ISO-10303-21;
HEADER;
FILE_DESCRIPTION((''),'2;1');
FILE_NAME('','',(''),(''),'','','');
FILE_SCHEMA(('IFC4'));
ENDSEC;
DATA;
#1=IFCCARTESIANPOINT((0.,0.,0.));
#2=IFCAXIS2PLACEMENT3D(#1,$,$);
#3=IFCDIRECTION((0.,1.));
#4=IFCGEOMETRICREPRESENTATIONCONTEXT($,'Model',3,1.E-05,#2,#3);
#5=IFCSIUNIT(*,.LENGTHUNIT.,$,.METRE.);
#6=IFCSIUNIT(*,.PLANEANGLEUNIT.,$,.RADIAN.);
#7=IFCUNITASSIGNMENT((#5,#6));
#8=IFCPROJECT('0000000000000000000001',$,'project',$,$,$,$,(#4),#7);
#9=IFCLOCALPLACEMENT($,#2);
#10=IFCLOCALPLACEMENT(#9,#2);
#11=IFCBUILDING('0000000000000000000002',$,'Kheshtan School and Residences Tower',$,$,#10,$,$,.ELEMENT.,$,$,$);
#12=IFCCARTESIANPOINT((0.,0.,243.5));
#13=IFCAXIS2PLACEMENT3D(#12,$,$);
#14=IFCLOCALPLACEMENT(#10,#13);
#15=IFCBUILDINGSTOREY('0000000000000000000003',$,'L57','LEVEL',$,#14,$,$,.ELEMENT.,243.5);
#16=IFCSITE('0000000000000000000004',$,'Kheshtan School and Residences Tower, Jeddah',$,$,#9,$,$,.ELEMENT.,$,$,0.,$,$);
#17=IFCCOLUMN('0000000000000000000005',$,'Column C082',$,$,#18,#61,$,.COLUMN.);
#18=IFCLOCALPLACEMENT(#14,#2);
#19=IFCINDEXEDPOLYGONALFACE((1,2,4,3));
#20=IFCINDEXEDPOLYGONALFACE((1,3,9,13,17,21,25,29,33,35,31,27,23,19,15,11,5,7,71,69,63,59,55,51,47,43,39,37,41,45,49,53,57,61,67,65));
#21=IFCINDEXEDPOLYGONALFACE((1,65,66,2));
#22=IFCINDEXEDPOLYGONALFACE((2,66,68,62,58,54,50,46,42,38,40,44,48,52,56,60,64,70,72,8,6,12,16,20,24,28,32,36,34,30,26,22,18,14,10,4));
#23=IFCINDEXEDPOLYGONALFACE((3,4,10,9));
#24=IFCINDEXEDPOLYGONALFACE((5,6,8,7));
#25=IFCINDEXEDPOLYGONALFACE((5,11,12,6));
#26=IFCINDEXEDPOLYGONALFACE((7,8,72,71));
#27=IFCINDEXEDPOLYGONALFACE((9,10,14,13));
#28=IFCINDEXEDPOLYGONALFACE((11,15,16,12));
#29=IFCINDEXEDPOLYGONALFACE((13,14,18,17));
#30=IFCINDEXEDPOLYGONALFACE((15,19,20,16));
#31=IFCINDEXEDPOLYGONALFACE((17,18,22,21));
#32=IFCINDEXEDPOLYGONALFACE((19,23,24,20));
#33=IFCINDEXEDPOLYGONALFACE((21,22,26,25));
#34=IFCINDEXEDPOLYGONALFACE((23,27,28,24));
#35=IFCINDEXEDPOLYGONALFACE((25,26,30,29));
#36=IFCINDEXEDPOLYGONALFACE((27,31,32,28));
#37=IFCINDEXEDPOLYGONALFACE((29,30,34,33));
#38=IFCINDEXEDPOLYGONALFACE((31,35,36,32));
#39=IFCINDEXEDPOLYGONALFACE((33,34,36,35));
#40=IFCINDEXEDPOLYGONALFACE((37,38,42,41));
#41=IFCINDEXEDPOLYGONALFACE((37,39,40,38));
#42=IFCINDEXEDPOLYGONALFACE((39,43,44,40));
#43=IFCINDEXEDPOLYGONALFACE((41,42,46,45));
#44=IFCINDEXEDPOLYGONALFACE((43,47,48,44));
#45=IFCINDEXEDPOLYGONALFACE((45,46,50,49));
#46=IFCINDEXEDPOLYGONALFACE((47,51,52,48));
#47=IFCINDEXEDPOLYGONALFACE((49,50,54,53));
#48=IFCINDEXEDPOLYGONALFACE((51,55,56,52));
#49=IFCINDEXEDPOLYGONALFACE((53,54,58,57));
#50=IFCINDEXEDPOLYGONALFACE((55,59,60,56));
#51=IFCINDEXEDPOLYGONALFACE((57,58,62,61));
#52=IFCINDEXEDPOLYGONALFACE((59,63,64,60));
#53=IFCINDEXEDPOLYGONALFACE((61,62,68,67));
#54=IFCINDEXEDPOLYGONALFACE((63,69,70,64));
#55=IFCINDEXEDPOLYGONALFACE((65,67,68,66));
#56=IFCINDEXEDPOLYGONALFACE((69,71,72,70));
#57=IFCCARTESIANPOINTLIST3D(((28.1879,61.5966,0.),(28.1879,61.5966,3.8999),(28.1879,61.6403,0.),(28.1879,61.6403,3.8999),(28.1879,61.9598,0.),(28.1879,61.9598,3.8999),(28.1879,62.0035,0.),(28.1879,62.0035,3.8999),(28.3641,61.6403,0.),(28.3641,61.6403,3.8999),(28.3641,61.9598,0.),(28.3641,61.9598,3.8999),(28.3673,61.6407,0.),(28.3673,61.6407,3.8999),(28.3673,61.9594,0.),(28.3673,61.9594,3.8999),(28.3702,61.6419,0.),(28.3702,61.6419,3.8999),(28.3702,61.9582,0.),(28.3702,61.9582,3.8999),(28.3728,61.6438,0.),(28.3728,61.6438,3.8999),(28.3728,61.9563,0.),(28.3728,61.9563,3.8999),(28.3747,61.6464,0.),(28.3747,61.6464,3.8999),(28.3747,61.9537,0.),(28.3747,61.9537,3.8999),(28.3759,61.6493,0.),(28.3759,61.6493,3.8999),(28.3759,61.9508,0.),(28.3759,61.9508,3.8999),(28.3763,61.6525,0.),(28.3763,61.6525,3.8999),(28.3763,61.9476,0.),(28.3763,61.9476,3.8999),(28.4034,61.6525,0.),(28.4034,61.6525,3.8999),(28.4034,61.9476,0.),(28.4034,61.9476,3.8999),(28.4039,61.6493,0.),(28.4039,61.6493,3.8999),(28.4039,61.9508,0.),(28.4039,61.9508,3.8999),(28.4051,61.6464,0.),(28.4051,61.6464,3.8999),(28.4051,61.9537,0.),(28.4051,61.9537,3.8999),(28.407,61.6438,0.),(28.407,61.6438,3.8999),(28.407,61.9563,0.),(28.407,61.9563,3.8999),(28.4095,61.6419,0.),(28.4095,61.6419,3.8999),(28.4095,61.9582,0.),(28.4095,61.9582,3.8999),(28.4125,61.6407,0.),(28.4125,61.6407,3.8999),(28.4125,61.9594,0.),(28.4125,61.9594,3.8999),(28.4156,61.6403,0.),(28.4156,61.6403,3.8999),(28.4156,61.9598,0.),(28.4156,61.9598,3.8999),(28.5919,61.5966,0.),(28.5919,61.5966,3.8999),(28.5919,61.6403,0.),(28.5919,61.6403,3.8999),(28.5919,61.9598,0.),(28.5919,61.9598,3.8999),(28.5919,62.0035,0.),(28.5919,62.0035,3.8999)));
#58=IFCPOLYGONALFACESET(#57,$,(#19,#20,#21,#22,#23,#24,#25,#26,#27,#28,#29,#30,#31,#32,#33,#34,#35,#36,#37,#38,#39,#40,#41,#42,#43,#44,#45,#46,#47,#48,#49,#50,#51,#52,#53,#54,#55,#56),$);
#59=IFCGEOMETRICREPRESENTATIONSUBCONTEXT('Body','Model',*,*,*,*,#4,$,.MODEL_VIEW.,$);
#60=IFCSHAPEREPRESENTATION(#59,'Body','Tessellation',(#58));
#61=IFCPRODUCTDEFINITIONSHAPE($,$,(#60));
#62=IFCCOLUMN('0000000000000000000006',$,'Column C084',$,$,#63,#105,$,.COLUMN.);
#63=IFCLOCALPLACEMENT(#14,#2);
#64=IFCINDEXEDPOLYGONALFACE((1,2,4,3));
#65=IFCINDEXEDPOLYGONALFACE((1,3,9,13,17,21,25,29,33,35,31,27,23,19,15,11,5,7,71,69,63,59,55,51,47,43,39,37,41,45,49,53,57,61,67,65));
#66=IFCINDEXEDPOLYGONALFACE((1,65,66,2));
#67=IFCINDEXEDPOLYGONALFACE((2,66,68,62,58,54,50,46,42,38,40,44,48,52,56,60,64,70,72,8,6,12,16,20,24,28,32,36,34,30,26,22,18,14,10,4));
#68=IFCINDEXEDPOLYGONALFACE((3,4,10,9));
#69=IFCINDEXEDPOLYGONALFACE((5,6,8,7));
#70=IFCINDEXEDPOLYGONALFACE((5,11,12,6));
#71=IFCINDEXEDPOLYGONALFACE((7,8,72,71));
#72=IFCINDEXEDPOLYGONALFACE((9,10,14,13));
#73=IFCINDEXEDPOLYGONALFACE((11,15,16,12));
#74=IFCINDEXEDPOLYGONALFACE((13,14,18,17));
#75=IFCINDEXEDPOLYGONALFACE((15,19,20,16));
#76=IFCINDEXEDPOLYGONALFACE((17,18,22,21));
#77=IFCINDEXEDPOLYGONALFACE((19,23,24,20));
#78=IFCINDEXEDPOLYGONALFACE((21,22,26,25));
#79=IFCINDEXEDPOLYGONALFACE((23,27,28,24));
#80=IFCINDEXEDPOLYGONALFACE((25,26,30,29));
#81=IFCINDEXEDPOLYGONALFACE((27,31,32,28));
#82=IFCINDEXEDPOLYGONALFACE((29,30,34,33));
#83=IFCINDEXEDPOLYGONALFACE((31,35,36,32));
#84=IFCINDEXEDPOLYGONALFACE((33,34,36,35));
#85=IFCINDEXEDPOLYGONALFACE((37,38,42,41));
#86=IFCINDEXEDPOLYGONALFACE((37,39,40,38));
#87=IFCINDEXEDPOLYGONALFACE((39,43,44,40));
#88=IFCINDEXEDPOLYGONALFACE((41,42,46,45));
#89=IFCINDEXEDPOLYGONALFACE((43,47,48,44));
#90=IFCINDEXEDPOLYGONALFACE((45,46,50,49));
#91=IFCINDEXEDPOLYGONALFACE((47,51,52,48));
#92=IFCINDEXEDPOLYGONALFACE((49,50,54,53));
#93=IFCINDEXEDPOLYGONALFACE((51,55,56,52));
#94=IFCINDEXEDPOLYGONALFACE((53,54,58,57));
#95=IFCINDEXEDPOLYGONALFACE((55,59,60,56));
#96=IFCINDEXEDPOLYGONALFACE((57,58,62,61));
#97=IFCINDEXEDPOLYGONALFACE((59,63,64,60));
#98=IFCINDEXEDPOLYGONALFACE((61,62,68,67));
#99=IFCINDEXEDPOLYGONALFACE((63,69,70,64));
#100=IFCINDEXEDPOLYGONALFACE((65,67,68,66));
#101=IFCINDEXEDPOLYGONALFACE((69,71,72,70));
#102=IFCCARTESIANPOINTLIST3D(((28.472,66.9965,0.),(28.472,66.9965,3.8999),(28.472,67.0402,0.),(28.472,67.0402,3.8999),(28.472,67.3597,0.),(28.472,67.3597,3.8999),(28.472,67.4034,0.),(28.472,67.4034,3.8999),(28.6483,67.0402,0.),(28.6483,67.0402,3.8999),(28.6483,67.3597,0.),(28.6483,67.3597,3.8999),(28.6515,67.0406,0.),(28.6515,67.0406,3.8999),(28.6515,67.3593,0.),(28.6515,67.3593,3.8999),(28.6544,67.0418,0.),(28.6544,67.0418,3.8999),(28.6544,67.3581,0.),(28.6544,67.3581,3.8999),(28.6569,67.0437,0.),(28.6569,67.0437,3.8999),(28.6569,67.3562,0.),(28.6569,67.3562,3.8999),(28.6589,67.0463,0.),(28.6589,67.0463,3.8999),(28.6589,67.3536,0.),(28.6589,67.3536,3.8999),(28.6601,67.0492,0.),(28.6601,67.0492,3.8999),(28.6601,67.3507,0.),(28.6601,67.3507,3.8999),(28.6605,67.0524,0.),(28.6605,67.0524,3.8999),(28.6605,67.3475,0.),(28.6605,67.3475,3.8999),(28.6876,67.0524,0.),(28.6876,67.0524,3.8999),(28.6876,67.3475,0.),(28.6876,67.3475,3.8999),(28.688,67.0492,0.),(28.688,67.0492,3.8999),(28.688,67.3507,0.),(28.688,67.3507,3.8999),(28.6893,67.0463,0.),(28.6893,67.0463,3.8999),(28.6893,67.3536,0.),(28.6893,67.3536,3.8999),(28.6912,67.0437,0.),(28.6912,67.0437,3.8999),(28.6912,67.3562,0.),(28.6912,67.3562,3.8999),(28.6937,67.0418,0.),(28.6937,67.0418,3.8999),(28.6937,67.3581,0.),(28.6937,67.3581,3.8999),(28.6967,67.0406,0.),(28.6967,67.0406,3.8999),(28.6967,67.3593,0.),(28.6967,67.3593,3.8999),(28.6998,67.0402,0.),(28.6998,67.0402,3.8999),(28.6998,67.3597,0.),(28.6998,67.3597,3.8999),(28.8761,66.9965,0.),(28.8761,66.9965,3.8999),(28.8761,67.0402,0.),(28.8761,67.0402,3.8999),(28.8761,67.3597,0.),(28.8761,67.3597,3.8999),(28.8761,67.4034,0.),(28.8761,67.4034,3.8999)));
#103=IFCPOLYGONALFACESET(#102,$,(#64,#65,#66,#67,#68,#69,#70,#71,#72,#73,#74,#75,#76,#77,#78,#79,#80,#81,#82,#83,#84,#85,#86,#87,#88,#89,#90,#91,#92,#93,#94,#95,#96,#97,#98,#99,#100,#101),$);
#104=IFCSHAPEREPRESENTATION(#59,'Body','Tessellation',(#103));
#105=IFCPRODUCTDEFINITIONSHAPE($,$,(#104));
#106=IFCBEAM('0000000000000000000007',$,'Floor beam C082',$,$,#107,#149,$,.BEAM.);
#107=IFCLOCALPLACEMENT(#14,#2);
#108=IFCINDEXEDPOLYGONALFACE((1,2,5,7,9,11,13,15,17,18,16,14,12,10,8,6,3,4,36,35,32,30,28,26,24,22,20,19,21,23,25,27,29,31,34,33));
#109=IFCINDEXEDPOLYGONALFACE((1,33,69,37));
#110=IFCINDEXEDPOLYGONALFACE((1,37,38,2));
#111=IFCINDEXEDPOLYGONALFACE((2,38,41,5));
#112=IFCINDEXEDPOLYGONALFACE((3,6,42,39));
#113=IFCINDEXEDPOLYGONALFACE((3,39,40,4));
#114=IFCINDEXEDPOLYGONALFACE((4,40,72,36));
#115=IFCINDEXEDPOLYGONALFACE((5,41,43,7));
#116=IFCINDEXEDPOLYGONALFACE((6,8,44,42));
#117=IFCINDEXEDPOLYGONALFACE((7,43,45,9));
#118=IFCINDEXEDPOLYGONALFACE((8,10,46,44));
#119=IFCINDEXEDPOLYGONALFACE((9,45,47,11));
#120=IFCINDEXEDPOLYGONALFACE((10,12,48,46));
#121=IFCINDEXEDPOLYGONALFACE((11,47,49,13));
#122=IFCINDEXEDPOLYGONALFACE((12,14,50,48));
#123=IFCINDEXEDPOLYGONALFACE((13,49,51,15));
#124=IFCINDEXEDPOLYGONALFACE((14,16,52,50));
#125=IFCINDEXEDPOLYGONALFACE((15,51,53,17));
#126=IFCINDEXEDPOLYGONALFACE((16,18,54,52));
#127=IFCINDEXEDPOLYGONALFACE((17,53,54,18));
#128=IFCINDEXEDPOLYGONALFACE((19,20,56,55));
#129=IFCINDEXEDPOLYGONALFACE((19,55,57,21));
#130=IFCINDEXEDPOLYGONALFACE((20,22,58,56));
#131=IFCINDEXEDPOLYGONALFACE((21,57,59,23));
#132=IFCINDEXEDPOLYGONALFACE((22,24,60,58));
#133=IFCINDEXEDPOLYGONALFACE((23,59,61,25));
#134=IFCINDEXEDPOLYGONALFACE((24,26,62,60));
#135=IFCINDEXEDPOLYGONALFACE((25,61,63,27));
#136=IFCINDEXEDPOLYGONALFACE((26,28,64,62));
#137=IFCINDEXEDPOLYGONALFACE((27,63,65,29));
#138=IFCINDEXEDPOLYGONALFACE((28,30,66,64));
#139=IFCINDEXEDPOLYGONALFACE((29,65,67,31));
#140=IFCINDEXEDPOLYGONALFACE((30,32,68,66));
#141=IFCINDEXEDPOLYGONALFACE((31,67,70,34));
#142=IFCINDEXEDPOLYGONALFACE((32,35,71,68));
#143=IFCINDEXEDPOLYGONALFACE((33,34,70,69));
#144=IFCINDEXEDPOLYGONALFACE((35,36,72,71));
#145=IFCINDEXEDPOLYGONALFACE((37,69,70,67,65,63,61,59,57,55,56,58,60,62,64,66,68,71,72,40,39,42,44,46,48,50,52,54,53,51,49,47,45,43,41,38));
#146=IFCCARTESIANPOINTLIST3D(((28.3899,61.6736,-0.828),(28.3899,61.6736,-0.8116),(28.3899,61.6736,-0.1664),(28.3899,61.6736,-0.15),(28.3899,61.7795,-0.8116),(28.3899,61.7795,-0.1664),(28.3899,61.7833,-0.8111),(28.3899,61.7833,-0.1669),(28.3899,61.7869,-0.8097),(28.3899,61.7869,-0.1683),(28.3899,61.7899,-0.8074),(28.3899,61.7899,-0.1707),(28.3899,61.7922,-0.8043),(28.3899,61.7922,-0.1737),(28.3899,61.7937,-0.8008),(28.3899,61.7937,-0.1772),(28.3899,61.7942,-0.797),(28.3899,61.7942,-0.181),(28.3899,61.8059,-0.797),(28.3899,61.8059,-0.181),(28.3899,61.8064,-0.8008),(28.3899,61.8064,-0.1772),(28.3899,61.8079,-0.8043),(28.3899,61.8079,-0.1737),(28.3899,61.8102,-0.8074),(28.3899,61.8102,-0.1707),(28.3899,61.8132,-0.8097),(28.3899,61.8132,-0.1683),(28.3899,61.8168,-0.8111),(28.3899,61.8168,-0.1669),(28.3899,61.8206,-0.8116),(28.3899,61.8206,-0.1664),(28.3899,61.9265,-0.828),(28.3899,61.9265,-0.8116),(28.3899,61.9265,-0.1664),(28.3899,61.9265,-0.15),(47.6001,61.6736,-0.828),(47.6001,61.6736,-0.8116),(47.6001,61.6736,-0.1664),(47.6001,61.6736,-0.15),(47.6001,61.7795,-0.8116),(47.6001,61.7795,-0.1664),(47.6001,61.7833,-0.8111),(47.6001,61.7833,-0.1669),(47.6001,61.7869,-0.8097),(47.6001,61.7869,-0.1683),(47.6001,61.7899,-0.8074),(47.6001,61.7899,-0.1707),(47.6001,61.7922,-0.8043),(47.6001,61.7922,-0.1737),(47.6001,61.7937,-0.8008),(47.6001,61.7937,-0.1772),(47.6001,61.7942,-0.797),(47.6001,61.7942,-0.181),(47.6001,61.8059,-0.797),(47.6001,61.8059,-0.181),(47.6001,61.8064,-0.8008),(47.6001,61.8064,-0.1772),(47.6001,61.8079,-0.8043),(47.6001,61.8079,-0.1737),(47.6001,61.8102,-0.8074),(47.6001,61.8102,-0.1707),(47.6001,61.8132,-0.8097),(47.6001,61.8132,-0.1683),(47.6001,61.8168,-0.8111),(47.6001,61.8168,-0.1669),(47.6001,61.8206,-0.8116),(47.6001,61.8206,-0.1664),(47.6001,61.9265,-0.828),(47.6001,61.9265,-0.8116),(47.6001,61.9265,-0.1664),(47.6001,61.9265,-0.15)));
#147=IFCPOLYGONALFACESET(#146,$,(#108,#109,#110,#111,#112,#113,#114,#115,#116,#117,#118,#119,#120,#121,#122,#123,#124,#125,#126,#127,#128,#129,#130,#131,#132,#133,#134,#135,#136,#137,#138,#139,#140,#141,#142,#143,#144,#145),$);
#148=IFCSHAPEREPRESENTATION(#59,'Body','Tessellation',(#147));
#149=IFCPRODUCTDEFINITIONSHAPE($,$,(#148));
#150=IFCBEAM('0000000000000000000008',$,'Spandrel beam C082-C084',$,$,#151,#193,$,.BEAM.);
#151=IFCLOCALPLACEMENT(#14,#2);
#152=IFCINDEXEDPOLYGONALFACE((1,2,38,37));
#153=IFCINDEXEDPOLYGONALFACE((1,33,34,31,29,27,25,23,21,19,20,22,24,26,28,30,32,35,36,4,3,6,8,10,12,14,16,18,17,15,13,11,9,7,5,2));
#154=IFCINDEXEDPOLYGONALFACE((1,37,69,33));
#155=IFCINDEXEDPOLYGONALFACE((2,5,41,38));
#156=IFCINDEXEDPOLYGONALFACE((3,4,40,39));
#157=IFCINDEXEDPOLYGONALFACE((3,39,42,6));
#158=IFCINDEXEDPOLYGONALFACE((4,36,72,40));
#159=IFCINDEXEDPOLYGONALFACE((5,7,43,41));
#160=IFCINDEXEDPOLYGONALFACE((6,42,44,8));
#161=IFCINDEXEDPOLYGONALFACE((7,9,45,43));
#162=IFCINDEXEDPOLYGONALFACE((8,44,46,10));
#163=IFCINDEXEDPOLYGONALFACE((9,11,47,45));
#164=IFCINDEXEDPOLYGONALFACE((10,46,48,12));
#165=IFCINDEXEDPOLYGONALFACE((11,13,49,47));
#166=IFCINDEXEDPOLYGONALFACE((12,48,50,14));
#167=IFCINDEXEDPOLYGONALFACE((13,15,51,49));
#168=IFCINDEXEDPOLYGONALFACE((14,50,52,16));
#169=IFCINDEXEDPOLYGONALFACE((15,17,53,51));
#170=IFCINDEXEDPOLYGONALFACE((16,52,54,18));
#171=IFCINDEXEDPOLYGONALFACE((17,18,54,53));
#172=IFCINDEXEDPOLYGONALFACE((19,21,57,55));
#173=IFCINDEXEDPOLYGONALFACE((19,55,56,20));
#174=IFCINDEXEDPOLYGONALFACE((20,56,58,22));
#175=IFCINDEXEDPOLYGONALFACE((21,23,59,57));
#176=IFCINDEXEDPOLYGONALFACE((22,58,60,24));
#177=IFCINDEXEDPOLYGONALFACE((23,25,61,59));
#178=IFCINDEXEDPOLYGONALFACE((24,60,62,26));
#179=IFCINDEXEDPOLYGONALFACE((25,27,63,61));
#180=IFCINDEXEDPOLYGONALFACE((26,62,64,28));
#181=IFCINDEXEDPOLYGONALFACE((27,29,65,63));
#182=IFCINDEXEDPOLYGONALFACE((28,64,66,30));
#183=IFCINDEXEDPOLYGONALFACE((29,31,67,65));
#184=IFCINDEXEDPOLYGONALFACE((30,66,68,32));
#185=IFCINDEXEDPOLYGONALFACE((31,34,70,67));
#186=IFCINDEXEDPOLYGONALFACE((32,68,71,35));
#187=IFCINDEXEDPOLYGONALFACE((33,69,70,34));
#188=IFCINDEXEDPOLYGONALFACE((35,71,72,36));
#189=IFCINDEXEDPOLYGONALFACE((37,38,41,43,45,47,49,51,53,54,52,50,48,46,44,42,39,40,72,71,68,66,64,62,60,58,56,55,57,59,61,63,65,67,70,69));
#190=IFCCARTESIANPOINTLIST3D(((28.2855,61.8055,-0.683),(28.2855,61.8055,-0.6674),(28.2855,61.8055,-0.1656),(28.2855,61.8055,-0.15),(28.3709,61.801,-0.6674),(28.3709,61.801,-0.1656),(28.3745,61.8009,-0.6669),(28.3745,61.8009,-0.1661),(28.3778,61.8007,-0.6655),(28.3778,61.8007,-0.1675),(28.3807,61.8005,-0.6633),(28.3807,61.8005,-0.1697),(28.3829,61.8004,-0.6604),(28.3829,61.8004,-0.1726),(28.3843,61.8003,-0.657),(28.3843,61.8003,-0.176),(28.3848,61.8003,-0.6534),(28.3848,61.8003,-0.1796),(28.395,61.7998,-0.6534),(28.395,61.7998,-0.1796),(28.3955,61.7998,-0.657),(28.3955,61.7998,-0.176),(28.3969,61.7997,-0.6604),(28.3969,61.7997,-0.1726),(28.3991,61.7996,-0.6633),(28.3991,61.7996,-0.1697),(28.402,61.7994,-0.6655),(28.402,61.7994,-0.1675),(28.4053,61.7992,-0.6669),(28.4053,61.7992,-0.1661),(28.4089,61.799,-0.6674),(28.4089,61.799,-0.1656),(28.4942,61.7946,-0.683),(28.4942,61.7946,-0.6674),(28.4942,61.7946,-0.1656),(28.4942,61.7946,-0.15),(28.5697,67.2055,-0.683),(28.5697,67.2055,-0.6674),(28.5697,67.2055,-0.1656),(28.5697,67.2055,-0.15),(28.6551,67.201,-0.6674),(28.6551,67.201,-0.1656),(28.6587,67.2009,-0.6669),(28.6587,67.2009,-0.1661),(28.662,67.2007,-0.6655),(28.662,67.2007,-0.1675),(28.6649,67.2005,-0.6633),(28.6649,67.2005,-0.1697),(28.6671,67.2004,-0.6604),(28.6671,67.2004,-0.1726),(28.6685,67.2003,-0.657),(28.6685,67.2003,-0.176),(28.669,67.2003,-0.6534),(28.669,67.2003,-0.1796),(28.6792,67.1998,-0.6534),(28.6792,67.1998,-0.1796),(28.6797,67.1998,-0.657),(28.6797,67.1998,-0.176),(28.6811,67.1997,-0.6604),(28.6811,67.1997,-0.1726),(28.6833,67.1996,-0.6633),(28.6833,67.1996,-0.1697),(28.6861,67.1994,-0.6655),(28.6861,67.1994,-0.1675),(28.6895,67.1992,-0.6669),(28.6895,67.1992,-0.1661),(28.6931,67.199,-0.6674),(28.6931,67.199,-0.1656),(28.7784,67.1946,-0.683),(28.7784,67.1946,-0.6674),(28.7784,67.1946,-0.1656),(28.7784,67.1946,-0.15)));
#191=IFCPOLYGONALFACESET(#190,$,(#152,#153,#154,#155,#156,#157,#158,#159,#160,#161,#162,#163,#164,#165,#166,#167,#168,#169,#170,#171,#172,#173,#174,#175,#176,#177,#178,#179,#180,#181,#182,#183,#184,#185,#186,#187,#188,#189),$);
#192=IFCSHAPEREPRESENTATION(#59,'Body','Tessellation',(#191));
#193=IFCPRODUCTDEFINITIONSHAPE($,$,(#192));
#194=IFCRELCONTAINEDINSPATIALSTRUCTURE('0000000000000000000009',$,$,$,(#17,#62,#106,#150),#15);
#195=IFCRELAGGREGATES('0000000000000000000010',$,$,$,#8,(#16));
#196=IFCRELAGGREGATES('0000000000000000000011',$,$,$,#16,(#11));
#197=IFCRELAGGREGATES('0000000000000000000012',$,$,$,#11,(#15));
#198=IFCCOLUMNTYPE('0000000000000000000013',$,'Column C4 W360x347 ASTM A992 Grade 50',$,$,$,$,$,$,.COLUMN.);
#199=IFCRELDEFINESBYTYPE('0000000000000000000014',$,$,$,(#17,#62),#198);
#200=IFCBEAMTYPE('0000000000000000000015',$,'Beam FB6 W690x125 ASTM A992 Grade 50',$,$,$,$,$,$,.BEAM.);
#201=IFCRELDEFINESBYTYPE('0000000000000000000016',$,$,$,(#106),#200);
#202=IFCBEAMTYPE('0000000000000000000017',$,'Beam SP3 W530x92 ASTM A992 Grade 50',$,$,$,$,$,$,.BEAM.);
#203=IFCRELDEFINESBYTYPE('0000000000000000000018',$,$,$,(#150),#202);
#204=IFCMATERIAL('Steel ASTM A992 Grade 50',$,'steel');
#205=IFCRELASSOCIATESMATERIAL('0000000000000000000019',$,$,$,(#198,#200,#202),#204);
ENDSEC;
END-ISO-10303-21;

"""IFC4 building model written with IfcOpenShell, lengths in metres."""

from ifc_helpers import new_model, si_unit, direction, frame, origin, origin_2d, place, context, subcontext, project, spatial, i_section, extrude, material, material_profile, profile_set, type_object, element, save


model = new_model("IFC4")

# Units and contexts
model_context = context("Model", 3, precision=1e-05, world=origin(), true_north=direction((0.0, 1.0)))
body_context = subcontext(model_context, "Body", "Model", "MODEL_VIEW")
ifc_project = project(units=[si_unit("LENGTHUNIT", "METRE"), si_unit("PLANEANGLEUNIT", "RADIAN")], contexts=[model_context])

# Site, building, storey
site_placement = place(None, origin())
site = spatial("IfcSite", under=ifc_project, at=site_placement, Name="Kheshtan School and Residences Tower, Jeddah", CompositionType="ELEMENT", RefElevation=0.0)
building_placement = place(site_placement, origin())
building = spatial("IfcBuilding", under=site, at=building_placement, Name="Kheshtan School and Residences Tower", CompositionType="ELEMENT")
storey_placement = place(building_placement, frame((0.0, 0.0, 243.5)))
storey = spatial("IfcBuildingStorey", under=building, at=storey_placement, Name="L57", Description="LEVEL", CompositionType="ELEMENT", Elevation=243.5)

# Columns
ifc_material_1 = material(Name="Steel ASTM A992 Grade 50", Category="steel")
ifc_material_profile_1 = material_profile(ifc_material_1, i_section(OverallWidth=0.4041, OverallDepth=0.407, WebThickness=0.0271, FlangeThickness=0.0437, FilletRadius=0.0122, at=origin_2d()), Name="W360x347")
ifc_profile_set_1 = profile_set([ifc_material_profile_1], Name="Steel ASTM A992 Grade 50")
column_type = type_object("IfcColumnType", Name="Column C4 W360x347 ASTM A992 Grade 50", PredefinedType="COLUMN", material=ifc_profile_set_1)
for number, where, z_axis, x_axis, name in (
    (1, (28.3899, 61.8, 0.0), (0.0, 0.0, 1.0), (1.0, 0.0, 0.0), "Column C082"),
    (2, (28.6741, 67.2, 0.0), (0.0, 0.0, 1.0), (1.0, 0.0, 0.0), "Column C084"),
):
    element("IfcColumn", number, at=place(storey_placement, frame(where, z_axis=z_axis, x_axis=x_axis)), inside=storey, type_object=column_type, Name=name, PredefinedType="COLUMN", context=body_context, shape_type="SweptSolid", body=[
        extrude(i_section(OverallWidth=0.4041, OverallDepth=0.407, WebThickness=0.0271, FlangeThickness=0.0437, FilletRadius=0.0122, at=origin_2d()), origin(), (0.0, 0.0, 1.0), 3.8999),
    ])

# Beams
ifc_material_profile_2 = material_profile(ifc_material_1, i_section(OverallWidth=0.2529, OverallDepth=0.678, WebThickness=0.0117, FlangeThickness=0.0164, FilletRadius=0.0146, at=origin_2d()), Name="W690x125")
ifc_profile_set_2 = profile_set([ifc_material_profile_2], Name="Steel ASTM A992 Grade 50")
beam_type_1 = type_object("IfcBeamType", Name="Beam FB6 W690x125 ASTM A992 Grade 50", PredefinedType="BEAM", material=ifc_profile_set_2)
beam_1_placement = place(storey_placement, frame((28.3899, 61.8, -0.489), z_axis=(1.0, 0.0, 0.0), x_axis=(0.0, 1.0, 0.0)))
element("IfcBeam", 3, at=beam_1_placement, inside=storey, type_object=beam_type_1, Name="Floor beam C082", PredefinedType="BEAM", context=body_context, shape_type="SweptSolid", body=[
    extrude(i_section(OverallWidth=0.2529, OverallDepth=0.678, WebThickness=0.0117, FlangeThickness=0.0164, FilletRadius=0.0146, at=origin_2d()), origin(), (0.0, 0.0, 1.0), 19.2102),
])
ifc_material_profile_3 = material_profile(ifc_material_1, i_section(OverallWidth=0.209, OverallDepth=0.533, WebThickness=0.0103, FlangeThickness=0.0156, FilletRadius=0.0139, at=origin_2d()), Name="W530x92")
ifc_profile_set_3 = profile_set([ifc_material_profile_3], Name="Steel ASTM A992 Grade 50")
beam_type_2 = type_object("IfcBeamType", Name="Beam SP3 W530x92 ASTM A992 Grade 50", PredefinedType="BEAM", material=ifc_profile_set_3)
beam_2_placement = place(storey_placement, frame((28.3899, 61.8, -0.4165), z_axis=(0.052554, 0.998618, 0.0), x_axis=(-0.998618, 0.052554, 0.0)))
element("IfcBeam", 4, at=beam_2_placement, inside=storey, type_object=beam_type_2, Name="Spandrel beam C082-C084", PredefinedType="BEAM", context=body_context, shape_type="SweptSolid", body=[
    extrude(i_section(OverallWidth=0.209, OverallDepth=0.533, WebThickness=0.0103, FlangeThickness=0.0156, FilletRadius=0.0139, at=origin_2d()), origin(), (0.0, 0.0, 1.0), 5.4075),
])

save(model, "model.ifc")
